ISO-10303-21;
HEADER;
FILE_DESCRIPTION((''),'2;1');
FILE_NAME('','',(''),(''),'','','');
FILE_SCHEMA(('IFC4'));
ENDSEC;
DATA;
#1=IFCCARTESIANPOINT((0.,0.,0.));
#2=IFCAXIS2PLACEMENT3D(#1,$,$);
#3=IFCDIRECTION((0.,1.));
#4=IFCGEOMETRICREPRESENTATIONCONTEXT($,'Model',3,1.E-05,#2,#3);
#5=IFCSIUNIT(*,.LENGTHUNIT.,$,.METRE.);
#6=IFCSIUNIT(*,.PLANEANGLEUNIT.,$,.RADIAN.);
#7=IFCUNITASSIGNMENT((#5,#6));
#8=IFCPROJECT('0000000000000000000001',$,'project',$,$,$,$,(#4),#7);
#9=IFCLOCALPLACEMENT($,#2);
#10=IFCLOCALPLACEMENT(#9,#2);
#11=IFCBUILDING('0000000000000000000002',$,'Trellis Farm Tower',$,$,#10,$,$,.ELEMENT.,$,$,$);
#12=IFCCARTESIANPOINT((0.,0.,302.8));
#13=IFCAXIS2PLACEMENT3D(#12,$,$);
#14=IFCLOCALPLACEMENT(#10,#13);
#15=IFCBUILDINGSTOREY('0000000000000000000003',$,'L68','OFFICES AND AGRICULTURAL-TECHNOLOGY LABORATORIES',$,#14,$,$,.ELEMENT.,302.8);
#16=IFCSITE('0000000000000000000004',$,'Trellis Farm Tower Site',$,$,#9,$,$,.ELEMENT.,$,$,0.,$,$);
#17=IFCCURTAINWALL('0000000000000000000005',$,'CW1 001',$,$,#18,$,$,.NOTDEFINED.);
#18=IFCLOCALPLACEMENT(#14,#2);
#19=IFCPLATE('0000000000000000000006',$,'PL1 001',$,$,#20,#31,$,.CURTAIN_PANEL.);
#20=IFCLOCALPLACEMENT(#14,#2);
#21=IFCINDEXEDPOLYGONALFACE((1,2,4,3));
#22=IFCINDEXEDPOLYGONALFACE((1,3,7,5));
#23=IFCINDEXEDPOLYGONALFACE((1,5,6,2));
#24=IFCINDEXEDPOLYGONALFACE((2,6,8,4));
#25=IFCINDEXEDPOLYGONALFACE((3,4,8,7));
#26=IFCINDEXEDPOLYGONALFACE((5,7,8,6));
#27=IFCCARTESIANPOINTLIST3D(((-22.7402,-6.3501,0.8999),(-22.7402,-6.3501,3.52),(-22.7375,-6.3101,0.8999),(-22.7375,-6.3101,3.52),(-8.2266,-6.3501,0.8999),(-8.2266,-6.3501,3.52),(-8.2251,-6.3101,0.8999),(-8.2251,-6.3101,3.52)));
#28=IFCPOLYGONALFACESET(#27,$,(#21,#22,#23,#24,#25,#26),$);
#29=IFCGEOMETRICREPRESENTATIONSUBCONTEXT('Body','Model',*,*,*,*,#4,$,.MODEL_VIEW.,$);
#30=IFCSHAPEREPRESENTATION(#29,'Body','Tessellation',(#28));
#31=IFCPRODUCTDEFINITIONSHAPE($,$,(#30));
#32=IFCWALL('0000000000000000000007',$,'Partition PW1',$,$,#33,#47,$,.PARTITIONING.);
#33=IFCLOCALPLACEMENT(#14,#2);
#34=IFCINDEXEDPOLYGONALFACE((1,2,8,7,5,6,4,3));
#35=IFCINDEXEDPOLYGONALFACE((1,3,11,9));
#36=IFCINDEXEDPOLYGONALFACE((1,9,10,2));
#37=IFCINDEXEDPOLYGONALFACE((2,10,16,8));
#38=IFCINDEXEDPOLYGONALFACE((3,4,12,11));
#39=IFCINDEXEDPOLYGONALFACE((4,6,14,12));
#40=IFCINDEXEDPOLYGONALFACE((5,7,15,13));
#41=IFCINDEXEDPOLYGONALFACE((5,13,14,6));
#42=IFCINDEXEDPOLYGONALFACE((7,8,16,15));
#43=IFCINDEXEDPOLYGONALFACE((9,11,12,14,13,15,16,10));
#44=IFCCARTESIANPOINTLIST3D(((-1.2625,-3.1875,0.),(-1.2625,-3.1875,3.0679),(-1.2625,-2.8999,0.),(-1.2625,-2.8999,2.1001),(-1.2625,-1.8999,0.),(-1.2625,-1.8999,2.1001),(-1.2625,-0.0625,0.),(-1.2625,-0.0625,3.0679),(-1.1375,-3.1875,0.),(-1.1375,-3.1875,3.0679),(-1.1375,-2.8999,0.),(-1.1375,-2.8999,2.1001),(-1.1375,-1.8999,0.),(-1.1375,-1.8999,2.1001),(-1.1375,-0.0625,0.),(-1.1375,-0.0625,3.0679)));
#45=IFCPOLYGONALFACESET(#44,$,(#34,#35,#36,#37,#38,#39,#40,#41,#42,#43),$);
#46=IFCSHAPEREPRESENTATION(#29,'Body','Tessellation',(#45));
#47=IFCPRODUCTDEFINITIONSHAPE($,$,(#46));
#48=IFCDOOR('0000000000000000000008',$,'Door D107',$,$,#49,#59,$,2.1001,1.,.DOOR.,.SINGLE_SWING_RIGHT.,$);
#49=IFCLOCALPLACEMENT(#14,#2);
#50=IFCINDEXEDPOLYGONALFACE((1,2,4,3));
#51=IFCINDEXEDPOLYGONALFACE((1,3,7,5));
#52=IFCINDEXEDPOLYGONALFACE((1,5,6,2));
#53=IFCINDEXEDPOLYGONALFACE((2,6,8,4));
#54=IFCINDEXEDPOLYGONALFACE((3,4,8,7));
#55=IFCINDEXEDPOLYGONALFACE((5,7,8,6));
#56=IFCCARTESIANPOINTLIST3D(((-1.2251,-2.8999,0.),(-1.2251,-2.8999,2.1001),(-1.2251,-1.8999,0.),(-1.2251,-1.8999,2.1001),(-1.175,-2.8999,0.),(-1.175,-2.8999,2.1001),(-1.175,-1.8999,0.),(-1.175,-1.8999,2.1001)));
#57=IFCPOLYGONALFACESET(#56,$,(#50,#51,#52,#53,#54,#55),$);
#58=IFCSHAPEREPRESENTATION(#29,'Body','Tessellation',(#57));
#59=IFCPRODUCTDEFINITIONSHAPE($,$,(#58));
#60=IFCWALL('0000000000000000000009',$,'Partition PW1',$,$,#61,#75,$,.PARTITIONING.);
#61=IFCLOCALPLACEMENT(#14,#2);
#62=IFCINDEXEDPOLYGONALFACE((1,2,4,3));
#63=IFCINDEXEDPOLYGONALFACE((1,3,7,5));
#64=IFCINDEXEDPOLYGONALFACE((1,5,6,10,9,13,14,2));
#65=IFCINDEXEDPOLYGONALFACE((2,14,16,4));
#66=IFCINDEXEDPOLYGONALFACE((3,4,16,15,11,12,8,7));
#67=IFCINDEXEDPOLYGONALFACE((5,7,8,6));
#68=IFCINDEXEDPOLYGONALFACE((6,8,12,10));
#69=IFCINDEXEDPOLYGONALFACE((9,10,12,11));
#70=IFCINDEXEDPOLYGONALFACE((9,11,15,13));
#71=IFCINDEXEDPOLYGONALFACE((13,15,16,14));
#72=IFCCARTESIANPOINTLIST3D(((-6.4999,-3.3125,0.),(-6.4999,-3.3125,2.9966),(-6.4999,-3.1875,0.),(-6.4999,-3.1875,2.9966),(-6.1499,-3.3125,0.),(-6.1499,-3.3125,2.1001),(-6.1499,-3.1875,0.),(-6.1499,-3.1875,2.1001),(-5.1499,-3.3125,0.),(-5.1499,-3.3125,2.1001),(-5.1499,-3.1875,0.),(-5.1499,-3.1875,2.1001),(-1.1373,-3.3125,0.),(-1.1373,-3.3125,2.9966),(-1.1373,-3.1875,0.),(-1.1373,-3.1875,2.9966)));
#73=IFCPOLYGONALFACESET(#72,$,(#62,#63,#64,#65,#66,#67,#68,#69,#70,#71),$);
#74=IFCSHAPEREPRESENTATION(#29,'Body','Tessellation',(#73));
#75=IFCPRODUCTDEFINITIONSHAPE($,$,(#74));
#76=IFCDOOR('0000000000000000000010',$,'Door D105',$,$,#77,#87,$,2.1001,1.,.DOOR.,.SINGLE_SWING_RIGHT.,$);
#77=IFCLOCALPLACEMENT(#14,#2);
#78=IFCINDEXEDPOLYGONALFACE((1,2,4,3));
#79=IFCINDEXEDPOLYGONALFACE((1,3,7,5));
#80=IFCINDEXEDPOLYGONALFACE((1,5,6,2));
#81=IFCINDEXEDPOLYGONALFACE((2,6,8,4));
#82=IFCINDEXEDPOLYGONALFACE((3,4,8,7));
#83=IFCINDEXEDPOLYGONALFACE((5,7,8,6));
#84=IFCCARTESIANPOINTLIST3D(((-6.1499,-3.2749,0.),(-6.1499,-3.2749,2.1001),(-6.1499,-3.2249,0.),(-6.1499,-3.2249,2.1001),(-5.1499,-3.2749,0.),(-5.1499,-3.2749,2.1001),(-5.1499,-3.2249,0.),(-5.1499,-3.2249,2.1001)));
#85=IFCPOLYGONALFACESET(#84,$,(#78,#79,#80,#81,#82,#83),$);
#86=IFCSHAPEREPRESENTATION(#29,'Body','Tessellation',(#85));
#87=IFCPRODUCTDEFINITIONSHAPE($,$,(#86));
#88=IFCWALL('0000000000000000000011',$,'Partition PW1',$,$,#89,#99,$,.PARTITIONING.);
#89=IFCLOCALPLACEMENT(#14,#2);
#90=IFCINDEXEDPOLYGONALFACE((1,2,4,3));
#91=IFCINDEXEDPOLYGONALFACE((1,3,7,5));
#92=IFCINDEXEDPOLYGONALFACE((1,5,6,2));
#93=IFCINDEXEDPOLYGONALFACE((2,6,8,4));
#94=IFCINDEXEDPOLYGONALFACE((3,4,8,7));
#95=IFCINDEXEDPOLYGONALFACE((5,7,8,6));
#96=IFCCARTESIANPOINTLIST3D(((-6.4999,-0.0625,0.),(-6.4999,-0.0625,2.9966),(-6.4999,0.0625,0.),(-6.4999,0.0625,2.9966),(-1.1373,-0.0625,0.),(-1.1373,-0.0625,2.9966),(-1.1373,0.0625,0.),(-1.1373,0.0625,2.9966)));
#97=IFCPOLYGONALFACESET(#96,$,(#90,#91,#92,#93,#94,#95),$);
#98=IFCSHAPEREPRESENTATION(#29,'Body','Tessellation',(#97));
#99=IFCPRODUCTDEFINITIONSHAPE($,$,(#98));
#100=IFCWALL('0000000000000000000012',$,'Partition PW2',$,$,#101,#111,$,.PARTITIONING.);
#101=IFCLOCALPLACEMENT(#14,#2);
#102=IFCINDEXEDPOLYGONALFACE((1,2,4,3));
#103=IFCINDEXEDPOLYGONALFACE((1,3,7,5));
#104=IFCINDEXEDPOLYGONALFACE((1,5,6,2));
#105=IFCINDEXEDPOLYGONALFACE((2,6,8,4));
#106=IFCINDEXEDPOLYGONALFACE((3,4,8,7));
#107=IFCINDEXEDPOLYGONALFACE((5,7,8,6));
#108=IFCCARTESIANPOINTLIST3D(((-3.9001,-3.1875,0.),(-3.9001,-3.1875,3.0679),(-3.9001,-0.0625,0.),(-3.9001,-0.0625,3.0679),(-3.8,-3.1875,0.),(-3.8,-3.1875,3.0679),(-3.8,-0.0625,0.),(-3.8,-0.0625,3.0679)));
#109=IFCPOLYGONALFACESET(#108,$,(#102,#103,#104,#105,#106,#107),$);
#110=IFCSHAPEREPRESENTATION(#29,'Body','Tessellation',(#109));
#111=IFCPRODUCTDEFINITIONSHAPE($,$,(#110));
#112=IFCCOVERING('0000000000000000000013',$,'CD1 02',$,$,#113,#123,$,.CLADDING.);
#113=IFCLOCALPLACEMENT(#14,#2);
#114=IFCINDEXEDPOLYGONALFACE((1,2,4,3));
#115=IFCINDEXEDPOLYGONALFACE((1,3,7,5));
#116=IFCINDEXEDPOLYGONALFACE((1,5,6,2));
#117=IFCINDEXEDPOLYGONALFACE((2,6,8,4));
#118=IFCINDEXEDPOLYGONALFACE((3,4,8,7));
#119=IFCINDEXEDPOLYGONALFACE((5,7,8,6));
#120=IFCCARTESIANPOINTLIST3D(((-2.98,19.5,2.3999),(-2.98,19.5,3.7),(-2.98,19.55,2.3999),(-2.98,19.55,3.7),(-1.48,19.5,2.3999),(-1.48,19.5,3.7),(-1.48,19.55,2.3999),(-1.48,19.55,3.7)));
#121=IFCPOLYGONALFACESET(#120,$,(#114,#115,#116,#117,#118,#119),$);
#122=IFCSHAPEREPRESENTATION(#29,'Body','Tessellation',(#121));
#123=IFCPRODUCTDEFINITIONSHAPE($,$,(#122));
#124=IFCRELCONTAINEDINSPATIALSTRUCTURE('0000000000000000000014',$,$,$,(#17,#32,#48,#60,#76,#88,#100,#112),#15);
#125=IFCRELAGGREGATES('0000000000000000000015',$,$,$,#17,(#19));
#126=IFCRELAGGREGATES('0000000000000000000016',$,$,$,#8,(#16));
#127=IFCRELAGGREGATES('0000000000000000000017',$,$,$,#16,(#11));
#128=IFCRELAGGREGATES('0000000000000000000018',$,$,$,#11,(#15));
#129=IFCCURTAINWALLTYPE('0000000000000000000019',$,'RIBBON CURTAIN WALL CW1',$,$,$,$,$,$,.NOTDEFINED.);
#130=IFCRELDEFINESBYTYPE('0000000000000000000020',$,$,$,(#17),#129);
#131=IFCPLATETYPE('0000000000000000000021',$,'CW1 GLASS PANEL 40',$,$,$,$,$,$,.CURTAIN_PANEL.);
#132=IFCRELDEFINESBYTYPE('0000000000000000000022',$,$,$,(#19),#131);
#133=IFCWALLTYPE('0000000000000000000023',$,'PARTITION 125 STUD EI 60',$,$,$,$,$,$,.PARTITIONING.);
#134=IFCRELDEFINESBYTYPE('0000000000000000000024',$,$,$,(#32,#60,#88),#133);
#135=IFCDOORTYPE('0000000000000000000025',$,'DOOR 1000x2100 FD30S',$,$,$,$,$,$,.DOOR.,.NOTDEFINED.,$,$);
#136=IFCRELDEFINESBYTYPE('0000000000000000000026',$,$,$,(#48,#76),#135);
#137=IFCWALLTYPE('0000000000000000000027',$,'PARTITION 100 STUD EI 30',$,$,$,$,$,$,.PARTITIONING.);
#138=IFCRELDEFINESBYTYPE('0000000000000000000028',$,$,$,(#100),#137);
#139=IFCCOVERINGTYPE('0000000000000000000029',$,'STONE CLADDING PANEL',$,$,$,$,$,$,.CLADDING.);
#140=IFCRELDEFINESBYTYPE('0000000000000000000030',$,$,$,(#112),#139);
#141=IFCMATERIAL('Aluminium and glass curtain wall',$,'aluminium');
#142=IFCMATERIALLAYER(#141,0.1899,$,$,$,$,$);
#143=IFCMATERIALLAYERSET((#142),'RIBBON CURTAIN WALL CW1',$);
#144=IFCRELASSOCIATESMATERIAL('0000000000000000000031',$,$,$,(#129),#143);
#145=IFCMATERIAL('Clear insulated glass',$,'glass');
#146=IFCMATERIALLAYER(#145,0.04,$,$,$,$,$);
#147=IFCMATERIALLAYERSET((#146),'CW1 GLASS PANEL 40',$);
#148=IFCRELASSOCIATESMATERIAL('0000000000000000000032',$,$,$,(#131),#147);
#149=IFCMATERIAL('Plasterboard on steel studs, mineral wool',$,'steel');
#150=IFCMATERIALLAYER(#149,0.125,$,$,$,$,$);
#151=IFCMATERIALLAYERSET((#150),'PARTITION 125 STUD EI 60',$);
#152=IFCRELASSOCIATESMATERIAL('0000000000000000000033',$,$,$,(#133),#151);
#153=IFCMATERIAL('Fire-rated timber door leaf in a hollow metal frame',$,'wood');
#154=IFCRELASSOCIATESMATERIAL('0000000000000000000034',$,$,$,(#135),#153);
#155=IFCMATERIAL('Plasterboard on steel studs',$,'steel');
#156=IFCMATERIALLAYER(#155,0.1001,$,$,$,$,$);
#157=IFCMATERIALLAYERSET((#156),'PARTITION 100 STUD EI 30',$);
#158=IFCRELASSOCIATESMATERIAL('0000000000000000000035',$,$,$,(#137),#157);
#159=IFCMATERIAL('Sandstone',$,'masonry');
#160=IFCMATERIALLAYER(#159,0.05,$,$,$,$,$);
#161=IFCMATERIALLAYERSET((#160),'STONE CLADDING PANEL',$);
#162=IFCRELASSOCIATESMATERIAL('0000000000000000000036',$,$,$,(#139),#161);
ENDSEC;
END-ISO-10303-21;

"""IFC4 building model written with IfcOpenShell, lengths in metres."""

from ifc_helpers import new_model, si_unit, direction, frame, frame_2d, origin, place, context, subcontext, project, spatial, polyline, rectangle, outline, extrude, source, transform, mapped, material, layer, layer_set, type_object, element, fill, aggregate, save


model = new_model("IFC4")

# Units and contexts
model_context = context("Model", 3, precision=1e-05, world=origin(), true_north=direction((0.0, 1.0)))
body_context = subcontext(model_context, "Body", "Model", "MODEL_VIEW")
ifc_project = project(units=[si_unit("LENGTHUNIT", "METRE"), si_unit("PLANEANGLEUNIT", "RADIAN")], contexts=[model_context])

# Site, building, storey
site_placement = place(None, origin())
site = spatial("IfcSite", under=ifc_project, at=site_placement, Name="Trellis Farm Tower Site", CompositionType="ELEMENT", RefElevation=0.0)
building_placement = place(site_placement, origin())
building = spatial("IfcBuilding", under=site, at=building_placement, Name="Trellis Farm Tower", CompositionType="ELEMENT")
storey_placement = place(building_placement, frame((0.0, 0.0, 302.8)))
storey = spatial("IfcBuildingStorey", under=building, at=storey_placement, Name="L68", Description="OFFICES AND AGRICULTURAL-TECHNOLOGY LABORATORIES", CompositionType="ELEMENT", Elevation=302.8)

# Shared definitions
placement_1 = place(storey_placement, origin())

# Curtain wall, plate
ifc_material_1 = material(Name="Aluminium and glass curtain wall", Category="aluminium")
ifc_layer_1 = layer(ifc_material_1, 0.1899)
ifc_layer_set_1 = layer_set([ifc_layer_1], Name="RIBBON CURTAIN WALL CW1")
curtain_wall_type = type_object("IfcCurtainWallType", Name="RIBBON CURTAIN WALL CW1", PredefinedType="NOTDEFINED", material=ifc_layer_set_1)
curtain_wall = element("IfcCurtainWall", 1, at=placement_1, inside=storey, type_object=curtain_wall_type, Name="CW1 001", PredefinedType="NOTDEFINED")
ifc_material_2 = material(Name="Clear insulated glass", Category="glass")
ifc_layer_2 = layer(ifc_material_2, 0.04)
ifc_layer_set_2 = layer_set([ifc_layer_2], Name="CW1 GLASS PANEL 40")
plate_type = type_object("IfcPlateType", Name="CW1 GLASS PANEL 40", PredefinedType="CURTAIN_PANEL", material=ifc_layer_set_2)
shared_shape_1 = source(origin(), body_context, "Body", "SweptSolid", [
    extrude(outline(polyline([(-22.7402, -6.3501), (-8.2266, -6.3501), (-8.2251, -6.3101), (-22.7375, -6.3101), (-22.7402, -6.3501)])), origin(), (0.0, 0.0, 1.0), 2.6201),
])
plate_placement = place(storey_placement, frame((0.0, 0.0, 0.8999)))
plate = element("IfcPlate", 2, at=plate_placement, type_object=plate_type, Name="PL1 001", PredefinedType="CURTAIN_PANEL", context=body_context, shape_type="MappedRepresentation", body=[
    mapped(shared_shape_1, transform((0.0, 0.0, 0.0))),
])
aggregate(curtain_wall, [plate])

# Walls, openings, doors
ifc_material_3 = material(Name="Plasterboard on steel studs, mineral wool", Category="steel")
ifc_layer_3 = layer(ifc_material_3, 0.125)
ifc_layer_set_3 = layer_set([ifc_layer_3], Name="PARTITION 125 STUD EI 60")
wall_type_1 = type_object("IfcWallType", Name="PARTITION 125 STUD EI 60", PredefinedType="PARTITIONING", material=ifc_layer_set_3)
shared_shape_2 = source(origin(), body_context, "Body", "SweptSolid", [
    extrude(rectangle(XDim=3.125, YDim=0.125, at=frame_2d((1.5625, 0.0))), origin(), (0.0, 0.0, 1.0), 3.0679),
])
wall_1_placement = place(storey_placement, frame((-1.2, -0.0625, 0.0), z_axis=(0.0, 0.0, 1.0), x_axis=(0.0, -1.0, 0.0)))
wall_1 = element("IfcWall", 3, at=wall_1_placement, inside=storey, type_object=wall_type_1, Name="Partition PW1", PredefinedType="PARTITIONING", context=body_context, shape_type="MappedRepresentation", body=[
    mapped(shared_shape_2, transform((0.0, 0.0, 0.0))),
])
shared_shape_3 = source(origin(), body_context, "Body", "SweptSolid", [
    extrude(rectangle(XDim=1.0, YDim=2.1001, at=frame_2d((0.5, 1.05))), frame((0.0, 0.0725, 0.0), z_axis=(0.0, -1.0, 0.0), x_axis=(1.0, 0.0, 0.0)), (0.0, 0.0, 1.0), 0.145),
])
opening_1_placement = place(wall_1_placement, frame((1.8374, 0.0, 0.0)))
opening_1 = element("IfcOpeningElement", 4, at=opening_1_placement, cuts=wall_1, PredefinedType="OPENING", context=body_context, shape_type="MappedRepresentation", body=[
    mapped(shared_shape_3, transform((0.0, 0.0, 0.0))),
])
ifc_material_4 = material(Name="Fire-rated timber door leaf in a hollow metal frame", Category="wood")
door_type = type_object("IfcDoorType", Name="DOOR 1000x2100 FD30S", OperationType="NOTDEFINED", PredefinedType="DOOR", material=ifc_material_4)
shared_shape_4 = source(origin(), body_context, "Body", "SweptSolid", [
    extrude(rectangle(XDim=1.0, YDim=2.1001, at=frame_2d((0.5, 1.05))), frame((0.0, 0.0249, 0.0), z_axis=(0.0, -1.0, 0.0), x_axis=(1.0, 0.0, 0.0)), (0.0, 0.0, 1.0), 0.05),
])
door_1_placement = place(opening_1_placement, origin())
door_1 = element("IfcDoor", 5, at=door_1_placement, inside=storey, type_object=door_type, Name="Door D107", OperationType="SINGLE_SWING_RIGHT", OverallHeight=2.1001, OverallWidth=1.0, PredefinedType="DOOR", context=body_context, shape_type="MappedRepresentation", body=[
    mapped(shared_shape_4, transform((0.0, 0.0, 0.0))),
])
fill(opening_1, door_1)
shared_shape_5 = source(origin(), body_context, "Body", "SweptSolid", [
    extrude(rectangle(XDim=5.3625, YDim=0.125, at=frame_2d((2.6812, 0.0))), origin(), (0.0, 0.0, 1.0), 2.9966),
])
wall_2_placement = place(storey_placement, frame((-1.1375, -3.25, 0.0), z_axis=(0.0, 0.0, 1.0), x_axis=(-1.0, 0.0, 0.0)))
wall_2 = element("IfcWall", 6, at=wall_2_placement, inside=storey, type_object=wall_type_1, Name="Partition PW1", PredefinedType="PARTITIONING", context=body_context, shape_type="MappedRepresentation", body=[
    mapped(shared_shape_5, transform((0.0, 0.0, 0.0))),
])
opening_2_placement = place(wall_2_placement, frame((4.0125, 0.0, 0.0)))
opening_2 = element("IfcOpeningElement", 7, at=opening_2_placement, cuts=wall_2, PredefinedType="OPENING", context=body_context, shape_type="MappedRepresentation", body=[
    mapped(shared_shape_3, transform((0.0, 0.0, 0.0))),
])
door_2_placement = place(opening_2_placement, origin())
door_2 = element("IfcDoor", 8, at=door_2_placement, inside=storey, type_object=door_type, Name="Door D105", OperationType="SINGLE_SWING_RIGHT", OverallHeight=2.1001, OverallWidth=1.0, PredefinedType="DOOR", context=body_context, shape_type="MappedRepresentation", body=[
    mapped(shared_shape_4, transform((0.0, 0.0, 0.0))),
])
fill(opening_2, door_2)

# Walls
wall_3_placement = place(storey_placement, frame((-1.1375, 0.0, 0.0), z_axis=(0.0, 0.0, 1.0), x_axis=(-1.0, 0.0, 0.0)))
element("IfcWall", 9, at=wall_3_placement, inside=storey, type_object=wall_type_1, Name="Partition PW1", PredefinedType="PARTITIONING", context=body_context, shape_type="MappedRepresentation", body=[
    mapped(shared_shape_5, transform((0.0, 0.0, 0.0))),
])
ifc_material_5 = material(Name="Plasterboard on steel studs", Category="steel")
ifc_layer_4 = layer(ifc_material_5, 0.1001)
ifc_layer_set_4 = layer_set([ifc_layer_4], Name="PARTITION 100 STUD EI 30")
wall_type_2 = type_object("IfcWallType", Name="PARTITION 100 STUD EI 30", PredefinedType="PARTITIONING", material=ifc_layer_set_4)
shared_shape_6 = source(origin(), body_context, "Body", "SweptSolid", [
    extrude(rectangle(XDim=3.125, YDim=0.1001, at=frame_2d((1.5625, 0.0))), origin(), (0.0, 0.0, 1.0), 3.0679),
])
wall_4_placement = place(storey_placement, frame((-3.8501, -3.1875, 0.0), z_axis=(0.0, 0.0, 1.0), x_axis=(0.0, 1.0, 0.0)))
element("IfcWall", 10, at=wall_4_placement, inside=storey, type_object=wall_type_2, Name="Partition PW2", PredefinedType="PARTITIONING", context=body_context, shape_type="MappedRepresentation", body=[
    mapped(shared_shape_6, transform((0.0, 0.0, 0.0))),
])

# Covering
ifc_material_6 = material(Name="Sandstone", Category="masonry")
ifc_layer_5 = layer(ifc_material_6, 0.05)
ifc_layer_set_5 = layer_set([ifc_layer_5], Name="STONE CLADDING PANEL")
covering_type = type_object("IfcCoveringType", Name="STONE CLADDING PANEL", PredefinedType="CLADDING", material=ifc_layer_set_5)
covering_placement = place(storey_placement, frame((0.0, 0.0, 2.3999)))
element("IfcCovering", 11, at=covering_placement, inside=storey, type_object=covering_type, Name="CD1 02", PredefinedType="CLADDING", context=body_context, shape_type="SweptSolid", body=[
    extrude(outline(polyline([(-1.48, 19.55), (-2.98, 19.55), (-2.98, 19.5), (-1.48, 19.5), (-1.48, 19.55)])), origin(), (0.0, 0.0, 1.0), 1.3),
])

save(model, "model.ifc")
